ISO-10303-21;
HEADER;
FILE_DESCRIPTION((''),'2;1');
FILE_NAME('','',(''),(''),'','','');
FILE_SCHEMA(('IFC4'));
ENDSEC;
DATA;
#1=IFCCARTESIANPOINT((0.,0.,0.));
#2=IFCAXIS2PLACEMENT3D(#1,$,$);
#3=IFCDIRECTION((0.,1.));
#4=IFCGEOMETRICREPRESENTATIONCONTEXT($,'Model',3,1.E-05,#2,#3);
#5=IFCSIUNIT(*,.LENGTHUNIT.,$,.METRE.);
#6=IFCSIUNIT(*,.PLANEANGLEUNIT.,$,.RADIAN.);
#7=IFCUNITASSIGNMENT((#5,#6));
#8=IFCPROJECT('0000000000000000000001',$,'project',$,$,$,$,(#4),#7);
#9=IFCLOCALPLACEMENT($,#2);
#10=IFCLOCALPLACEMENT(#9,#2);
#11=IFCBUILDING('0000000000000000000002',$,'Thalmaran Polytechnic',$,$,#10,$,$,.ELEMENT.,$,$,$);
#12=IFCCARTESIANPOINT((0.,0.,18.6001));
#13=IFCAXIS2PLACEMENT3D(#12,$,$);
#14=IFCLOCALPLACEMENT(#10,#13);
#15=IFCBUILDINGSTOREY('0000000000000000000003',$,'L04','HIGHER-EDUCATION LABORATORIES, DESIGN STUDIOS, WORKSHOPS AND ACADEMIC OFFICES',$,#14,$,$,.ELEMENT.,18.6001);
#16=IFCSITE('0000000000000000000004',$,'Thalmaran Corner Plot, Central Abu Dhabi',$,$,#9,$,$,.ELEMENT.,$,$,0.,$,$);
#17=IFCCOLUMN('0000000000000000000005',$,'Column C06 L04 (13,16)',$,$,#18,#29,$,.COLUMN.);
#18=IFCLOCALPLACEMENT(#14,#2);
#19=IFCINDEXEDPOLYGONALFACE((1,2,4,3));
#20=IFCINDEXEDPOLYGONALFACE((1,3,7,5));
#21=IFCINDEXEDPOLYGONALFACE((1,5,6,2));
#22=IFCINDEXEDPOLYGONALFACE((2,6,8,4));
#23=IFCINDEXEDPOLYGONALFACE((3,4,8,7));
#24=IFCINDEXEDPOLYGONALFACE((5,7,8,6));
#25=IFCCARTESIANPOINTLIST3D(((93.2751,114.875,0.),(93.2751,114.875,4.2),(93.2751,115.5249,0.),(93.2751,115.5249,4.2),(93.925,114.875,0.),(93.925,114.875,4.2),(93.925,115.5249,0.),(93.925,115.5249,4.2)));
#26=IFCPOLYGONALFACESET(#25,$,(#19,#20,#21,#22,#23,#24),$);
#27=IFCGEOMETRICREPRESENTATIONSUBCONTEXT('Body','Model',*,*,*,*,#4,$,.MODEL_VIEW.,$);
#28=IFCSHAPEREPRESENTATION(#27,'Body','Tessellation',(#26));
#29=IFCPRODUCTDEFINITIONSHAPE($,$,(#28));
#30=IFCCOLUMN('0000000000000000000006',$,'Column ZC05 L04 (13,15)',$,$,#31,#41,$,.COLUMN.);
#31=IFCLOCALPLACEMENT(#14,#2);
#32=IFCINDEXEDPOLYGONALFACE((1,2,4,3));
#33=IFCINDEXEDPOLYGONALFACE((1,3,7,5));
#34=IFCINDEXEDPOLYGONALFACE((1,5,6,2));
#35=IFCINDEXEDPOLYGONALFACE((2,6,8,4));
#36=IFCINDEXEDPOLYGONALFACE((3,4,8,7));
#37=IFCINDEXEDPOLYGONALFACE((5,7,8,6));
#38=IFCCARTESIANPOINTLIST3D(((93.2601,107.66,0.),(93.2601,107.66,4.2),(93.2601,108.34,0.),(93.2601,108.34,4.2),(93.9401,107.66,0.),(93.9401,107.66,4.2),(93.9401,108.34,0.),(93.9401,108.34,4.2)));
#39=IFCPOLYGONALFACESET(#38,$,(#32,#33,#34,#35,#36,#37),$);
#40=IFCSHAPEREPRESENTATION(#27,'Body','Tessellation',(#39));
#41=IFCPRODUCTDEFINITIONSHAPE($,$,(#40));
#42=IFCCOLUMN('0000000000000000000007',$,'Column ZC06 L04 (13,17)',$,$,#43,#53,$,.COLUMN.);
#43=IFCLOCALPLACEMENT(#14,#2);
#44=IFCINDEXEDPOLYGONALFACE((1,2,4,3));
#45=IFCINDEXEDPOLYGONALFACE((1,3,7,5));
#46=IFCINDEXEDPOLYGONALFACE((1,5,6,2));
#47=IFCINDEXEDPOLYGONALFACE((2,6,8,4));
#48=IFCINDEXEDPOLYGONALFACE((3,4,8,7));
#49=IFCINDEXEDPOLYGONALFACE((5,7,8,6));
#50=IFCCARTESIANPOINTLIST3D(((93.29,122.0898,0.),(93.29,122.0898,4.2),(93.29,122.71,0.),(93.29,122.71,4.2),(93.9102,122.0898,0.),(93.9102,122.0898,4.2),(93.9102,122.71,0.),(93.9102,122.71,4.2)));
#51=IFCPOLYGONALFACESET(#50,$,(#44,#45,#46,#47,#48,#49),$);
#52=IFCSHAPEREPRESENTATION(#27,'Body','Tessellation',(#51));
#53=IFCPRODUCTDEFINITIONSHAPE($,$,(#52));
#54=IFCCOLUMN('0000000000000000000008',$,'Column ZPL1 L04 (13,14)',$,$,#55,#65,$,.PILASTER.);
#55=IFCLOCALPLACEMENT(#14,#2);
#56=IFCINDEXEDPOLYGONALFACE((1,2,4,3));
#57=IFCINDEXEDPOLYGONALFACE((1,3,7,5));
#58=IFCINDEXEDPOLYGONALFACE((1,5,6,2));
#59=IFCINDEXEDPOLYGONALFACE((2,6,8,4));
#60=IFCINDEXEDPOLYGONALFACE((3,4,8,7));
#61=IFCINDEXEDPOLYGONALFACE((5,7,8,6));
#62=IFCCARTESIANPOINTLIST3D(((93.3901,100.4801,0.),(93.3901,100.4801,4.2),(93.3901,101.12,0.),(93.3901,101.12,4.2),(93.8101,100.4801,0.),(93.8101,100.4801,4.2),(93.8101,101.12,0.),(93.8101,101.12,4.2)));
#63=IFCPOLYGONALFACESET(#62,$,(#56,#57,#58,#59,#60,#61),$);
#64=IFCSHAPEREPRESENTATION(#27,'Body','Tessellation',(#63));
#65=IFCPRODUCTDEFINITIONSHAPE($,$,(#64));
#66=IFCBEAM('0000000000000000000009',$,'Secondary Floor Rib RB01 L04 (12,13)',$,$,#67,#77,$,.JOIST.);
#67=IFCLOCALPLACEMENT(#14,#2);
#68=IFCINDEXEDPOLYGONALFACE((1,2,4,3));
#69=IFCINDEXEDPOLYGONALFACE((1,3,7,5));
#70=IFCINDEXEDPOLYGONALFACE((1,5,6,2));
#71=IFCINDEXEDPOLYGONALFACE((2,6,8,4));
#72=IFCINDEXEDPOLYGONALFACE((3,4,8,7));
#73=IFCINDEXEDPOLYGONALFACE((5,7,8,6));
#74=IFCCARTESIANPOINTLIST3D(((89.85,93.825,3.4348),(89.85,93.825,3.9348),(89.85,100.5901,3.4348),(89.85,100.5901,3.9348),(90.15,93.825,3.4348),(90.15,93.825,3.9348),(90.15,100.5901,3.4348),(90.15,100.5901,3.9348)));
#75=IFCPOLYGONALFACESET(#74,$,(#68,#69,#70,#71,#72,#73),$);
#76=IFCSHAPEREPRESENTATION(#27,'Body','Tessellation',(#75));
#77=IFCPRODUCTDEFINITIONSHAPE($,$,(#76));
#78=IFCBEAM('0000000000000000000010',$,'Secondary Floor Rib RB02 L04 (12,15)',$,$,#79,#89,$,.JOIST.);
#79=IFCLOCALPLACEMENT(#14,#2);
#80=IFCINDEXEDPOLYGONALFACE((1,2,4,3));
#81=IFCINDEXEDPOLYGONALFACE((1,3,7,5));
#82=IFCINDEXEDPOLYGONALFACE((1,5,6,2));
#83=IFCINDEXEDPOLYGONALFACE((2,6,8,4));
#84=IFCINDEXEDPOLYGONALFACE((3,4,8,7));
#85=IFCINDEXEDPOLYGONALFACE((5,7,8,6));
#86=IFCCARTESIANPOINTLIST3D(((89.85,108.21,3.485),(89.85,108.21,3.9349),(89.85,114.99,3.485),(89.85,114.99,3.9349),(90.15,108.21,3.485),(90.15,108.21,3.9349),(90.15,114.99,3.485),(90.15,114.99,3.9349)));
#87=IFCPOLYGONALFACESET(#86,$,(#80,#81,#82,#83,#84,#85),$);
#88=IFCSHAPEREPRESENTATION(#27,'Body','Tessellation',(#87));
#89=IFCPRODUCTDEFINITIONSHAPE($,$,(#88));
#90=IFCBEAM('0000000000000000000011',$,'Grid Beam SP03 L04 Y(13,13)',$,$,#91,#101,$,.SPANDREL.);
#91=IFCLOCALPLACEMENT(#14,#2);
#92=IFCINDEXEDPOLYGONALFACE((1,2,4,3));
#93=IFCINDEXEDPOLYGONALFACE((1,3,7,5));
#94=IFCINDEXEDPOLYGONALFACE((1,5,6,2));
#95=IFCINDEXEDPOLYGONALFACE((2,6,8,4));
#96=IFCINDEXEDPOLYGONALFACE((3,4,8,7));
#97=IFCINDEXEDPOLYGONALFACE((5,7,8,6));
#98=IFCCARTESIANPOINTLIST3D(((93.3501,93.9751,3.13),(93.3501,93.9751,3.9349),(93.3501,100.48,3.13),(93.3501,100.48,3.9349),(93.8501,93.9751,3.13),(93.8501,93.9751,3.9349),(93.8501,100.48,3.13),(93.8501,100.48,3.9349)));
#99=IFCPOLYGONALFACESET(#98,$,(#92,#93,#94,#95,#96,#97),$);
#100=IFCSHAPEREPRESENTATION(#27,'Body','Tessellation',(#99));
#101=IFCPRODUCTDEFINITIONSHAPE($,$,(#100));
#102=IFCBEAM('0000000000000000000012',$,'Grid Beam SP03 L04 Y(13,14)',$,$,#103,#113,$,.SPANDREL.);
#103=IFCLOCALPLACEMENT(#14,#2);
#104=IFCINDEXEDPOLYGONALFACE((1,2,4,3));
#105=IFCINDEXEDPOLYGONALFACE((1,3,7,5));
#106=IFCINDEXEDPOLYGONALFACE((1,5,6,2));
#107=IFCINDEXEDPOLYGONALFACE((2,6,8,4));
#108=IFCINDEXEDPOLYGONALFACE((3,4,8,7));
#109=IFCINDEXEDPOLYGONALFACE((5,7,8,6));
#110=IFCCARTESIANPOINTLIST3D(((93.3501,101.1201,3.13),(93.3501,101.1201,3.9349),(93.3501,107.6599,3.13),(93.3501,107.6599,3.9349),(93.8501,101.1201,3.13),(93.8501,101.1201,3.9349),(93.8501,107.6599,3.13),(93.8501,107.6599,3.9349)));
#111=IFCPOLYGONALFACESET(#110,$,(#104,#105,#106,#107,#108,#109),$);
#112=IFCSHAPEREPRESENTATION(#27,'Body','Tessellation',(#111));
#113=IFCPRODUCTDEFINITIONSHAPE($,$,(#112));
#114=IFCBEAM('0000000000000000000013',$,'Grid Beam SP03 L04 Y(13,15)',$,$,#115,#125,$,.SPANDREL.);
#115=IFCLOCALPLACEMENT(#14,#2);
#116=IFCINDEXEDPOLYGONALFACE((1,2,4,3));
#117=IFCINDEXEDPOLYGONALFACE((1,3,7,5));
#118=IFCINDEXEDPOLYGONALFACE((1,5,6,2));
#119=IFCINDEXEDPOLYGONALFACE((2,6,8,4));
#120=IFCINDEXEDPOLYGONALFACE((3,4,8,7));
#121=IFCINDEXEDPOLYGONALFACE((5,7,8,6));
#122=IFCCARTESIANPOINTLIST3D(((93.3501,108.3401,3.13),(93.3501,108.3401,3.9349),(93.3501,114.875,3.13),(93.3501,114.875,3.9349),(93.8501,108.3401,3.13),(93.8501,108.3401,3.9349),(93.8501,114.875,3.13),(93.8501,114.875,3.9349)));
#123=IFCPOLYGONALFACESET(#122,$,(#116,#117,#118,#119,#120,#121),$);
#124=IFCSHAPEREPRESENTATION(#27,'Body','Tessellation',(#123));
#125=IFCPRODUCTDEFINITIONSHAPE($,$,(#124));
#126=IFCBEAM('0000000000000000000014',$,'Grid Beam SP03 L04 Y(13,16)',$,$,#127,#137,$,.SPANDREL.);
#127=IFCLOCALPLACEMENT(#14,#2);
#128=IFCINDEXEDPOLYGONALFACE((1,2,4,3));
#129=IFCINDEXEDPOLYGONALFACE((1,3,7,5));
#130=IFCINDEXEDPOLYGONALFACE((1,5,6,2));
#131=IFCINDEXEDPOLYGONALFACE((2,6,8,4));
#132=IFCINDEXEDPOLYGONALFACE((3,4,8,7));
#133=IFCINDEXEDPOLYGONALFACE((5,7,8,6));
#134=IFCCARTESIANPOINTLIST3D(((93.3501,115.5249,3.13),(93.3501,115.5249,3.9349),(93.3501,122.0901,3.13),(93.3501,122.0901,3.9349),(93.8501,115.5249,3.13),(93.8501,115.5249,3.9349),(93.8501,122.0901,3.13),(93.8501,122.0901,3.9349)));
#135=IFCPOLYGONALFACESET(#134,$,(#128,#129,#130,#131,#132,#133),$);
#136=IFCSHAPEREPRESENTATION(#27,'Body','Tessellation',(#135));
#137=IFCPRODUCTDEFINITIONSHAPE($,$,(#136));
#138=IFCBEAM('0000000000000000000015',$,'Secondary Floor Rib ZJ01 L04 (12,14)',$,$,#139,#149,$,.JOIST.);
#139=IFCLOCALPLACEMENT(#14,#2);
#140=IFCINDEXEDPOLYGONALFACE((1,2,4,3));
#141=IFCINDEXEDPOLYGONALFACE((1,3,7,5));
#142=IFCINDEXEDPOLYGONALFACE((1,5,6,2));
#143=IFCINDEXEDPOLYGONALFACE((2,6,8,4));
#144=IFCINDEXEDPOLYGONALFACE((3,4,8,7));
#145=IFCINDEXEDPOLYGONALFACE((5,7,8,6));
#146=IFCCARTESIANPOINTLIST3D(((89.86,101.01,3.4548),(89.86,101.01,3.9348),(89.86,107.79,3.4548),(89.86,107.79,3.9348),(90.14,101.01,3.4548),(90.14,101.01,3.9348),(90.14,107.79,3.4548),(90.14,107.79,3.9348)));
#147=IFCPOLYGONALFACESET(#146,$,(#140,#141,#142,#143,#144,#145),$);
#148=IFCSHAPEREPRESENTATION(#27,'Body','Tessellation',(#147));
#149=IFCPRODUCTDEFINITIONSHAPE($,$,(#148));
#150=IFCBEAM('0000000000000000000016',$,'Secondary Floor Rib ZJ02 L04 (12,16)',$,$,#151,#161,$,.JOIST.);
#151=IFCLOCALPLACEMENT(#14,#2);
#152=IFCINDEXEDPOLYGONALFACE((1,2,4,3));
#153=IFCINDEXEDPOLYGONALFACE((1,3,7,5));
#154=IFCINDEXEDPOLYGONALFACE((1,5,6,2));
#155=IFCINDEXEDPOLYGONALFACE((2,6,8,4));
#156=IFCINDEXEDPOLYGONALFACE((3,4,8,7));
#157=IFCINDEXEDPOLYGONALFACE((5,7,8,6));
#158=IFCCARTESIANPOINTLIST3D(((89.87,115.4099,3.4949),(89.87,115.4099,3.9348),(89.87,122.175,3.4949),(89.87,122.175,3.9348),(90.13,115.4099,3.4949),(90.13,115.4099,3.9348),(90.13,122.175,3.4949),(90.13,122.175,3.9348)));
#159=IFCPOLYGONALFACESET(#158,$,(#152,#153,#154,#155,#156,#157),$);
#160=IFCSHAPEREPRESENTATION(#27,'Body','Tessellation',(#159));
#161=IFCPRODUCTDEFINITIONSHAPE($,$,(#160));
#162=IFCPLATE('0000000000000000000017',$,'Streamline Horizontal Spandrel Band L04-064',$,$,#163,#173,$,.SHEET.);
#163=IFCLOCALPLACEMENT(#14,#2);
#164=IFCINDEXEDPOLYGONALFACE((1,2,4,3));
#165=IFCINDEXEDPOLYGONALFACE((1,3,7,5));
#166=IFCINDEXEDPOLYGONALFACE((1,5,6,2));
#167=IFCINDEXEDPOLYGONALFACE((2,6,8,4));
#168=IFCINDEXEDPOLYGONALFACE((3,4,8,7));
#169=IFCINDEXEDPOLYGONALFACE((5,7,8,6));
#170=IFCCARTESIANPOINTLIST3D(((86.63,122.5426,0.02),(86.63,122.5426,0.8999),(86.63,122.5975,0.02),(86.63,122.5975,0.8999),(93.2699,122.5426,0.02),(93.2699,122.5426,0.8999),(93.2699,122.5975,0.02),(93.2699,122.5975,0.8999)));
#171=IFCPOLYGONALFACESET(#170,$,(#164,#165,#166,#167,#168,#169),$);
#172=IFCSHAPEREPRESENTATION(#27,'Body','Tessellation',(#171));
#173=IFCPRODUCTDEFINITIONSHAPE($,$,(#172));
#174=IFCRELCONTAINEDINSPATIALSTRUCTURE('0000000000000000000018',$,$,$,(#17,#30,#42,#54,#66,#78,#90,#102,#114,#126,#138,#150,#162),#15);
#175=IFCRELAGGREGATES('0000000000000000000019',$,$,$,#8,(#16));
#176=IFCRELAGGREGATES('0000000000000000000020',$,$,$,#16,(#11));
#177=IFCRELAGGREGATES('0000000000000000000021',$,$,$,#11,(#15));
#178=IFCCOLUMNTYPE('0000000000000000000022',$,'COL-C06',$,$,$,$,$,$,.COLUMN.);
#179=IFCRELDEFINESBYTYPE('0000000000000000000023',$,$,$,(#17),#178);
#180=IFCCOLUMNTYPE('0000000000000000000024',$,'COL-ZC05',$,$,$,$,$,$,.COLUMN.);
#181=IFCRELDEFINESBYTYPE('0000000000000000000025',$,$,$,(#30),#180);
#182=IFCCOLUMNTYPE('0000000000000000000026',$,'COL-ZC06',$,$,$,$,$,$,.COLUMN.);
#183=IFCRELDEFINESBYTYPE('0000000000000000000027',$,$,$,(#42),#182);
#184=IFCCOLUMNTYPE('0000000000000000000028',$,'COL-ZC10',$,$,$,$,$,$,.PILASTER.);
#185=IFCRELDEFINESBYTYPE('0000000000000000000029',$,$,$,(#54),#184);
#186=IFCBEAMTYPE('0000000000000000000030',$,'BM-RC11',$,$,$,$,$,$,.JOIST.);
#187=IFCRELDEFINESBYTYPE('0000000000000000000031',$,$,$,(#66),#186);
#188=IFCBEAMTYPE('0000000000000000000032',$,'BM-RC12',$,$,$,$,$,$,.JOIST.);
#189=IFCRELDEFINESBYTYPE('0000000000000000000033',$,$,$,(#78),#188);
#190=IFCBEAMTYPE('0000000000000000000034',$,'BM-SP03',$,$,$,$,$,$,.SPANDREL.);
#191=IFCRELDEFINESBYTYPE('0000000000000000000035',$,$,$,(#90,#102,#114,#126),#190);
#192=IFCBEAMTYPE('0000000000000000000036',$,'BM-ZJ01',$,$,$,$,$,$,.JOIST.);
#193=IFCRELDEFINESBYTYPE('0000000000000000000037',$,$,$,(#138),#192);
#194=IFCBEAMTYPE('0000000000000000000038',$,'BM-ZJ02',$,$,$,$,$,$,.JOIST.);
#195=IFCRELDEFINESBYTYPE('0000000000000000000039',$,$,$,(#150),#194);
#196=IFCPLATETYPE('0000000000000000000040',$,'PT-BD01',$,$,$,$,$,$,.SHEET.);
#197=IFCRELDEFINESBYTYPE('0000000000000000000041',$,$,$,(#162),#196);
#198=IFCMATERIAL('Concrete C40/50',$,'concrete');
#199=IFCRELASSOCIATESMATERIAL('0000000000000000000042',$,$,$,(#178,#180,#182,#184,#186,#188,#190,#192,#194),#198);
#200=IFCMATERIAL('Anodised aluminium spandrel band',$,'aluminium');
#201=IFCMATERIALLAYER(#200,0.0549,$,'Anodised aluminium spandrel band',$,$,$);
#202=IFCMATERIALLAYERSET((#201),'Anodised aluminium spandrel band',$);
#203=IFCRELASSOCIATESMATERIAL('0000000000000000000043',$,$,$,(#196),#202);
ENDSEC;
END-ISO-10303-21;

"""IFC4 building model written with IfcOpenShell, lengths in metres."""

from ifc_helpers import new_model, si_unit, direction, frame, origin, origin_2d, place, context, subcontext, project, spatial, rectangle, extrude, material, layer, layer_set, material_profile, profile_set, type_object, element, save


model = new_model("IFC4")

# Units and contexts
model_context = context("Model", 3, precision=1e-05, world=origin(), true_north=direction((0.0, 1.0)))
body_context = subcontext(model_context, "Body", "Model", "MODEL_VIEW")
ifc_project = project(units=[si_unit("LENGTHUNIT", "METRE"), si_unit("PLANEANGLEUNIT", "RADIAN")], contexts=[model_context])

# Site, building, storey
site_placement = place(None, origin())
site = spatial("IfcSite", under=ifc_project, at=site_placement, Name="Thalmaran Corner Plot, Central Abu Dhabi", CompositionType="ELEMENT", RefElevation=0.0)
building_placement = place(site_placement, origin())
building = spatial("IfcBuilding", under=site, at=building_placement, Name="Thalmaran Polytechnic", CompositionType="ELEMENT")
storey_placement = place(building_placement, frame((0.0, 0.0, 18.6001)))
storey = spatial("IfcBuildingStorey", under=building, at=storey_placement, Name="L04", Description="HIGHER-EDUCATION LABORATORIES, DESIGN STUDIOS, WORKSHOPS AND ACADEMIC OFFICES", CompositionType="ELEMENT", Elevation=18.6001)

# Columns
ifc_material_1 = material(Name="Concrete C40/50", Category="concrete")
ifc_material_profile_1 = material_profile(ifc_material_1, rectangle(XDim=0.6499, YDim=0.6499, at=origin_2d()), Name="RC 650x650")
ifc_profile_set_1 = profile_set([ifc_material_profile_1], Name="Concrete C40/50")
column_type_1 = type_object("IfcColumnType", Name="COL-C06", PredefinedType="COLUMN", material=ifc_profile_set_1)
column_1_placement = place(storey_placement, frame((93.6001, 115.2, 0.0), z_axis=(0.0, 0.0, 1.0), x_axis=(1.0, 0.0, 0.0)))
element("IfcColumn", 1, at=column_1_placement, inside=storey, type_object=column_type_1, Name="Column C06 L04 (13,16)", PredefinedType="COLUMN", context=body_context, shape_type="SweptSolid", body=[
    extrude(rectangle(XDim=0.6499, YDim=0.6499, at=origin_2d()), origin(), (0.0, 0.0, 1.0), 4.2),
])
ifc_material_profile_2 = material_profile(ifc_material_1, rectangle(XDim=0.6799, YDim=0.6799, at=origin_2d()), Name="RC 680x680")
ifc_profile_set_2 = profile_set([ifc_material_profile_2], Name="Concrete C40/50")
column_type_2 = type_object("IfcColumnType", Name="COL-ZC05", PredefinedType="COLUMN", material=ifc_profile_set_2)
column_2_placement = place(storey_placement, frame((93.6001, 108.0, 0.0), z_axis=(0.0, 0.0, 1.0), x_axis=(1.0, 0.0, 0.0)))
element("IfcColumn", 2, at=column_2_placement, inside=storey, type_object=column_type_2, Name="Column ZC05 L04 (13,15)", PredefinedType="COLUMN", context=body_context, shape_type="SweptSolid", body=[
    extrude(rectangle(XDim=0.6799, YDim=0.6799, at=origin_2d()), origin(), (0.0, 0.0, 1.0), 4.2),
])
ifc_material_profile_3 = material_profile(ifc_material_1, rectangle(XDim=0.6201, YDim=0.6201, at=origin_2d()), Name="RC 620x620")
ifc_profile_set_3 = profile_set([ifc_material_profile_3], Name="Concrete C40/50")
column_type_3 = type_object("IfcColumnType", Name="COL-ZC06", PredefinedType="COLUMN", material=ifc_profile_set_3)
column_3_placement = place(storey_placement, frame((93.6001, 122.3999, 0.0), z_axis=(0.0, 0.0, 1.0), x_axis=(1.0, 0.0, 0.0)))
element("IfcColumn", 3, at=column_3_placement, inside=storey, type_object=column_type_3, Name="Column ZC06 L04 (13,17)", PredefinedType="COLUMN", context=body_context, shape_type="SweptSolid", body=[
    extrude(rectangle(XDim=0.6201, YDim=0.6201, at=origin_2d()), origin(), (0.0, 0.0, 1.0), 4.2),
])
ifc_material_profile_4 = material_profile(ifc_material_1, rectangle(XDim=0.4199, YDim=0.6399, at=origin_2d()), Name="RC 420x640")
ifc_profile_set_4 = profile_set([ifc_material_profile_4], Name="Concrete C40/50")
column_type_4 = type_object("IfcColumnType", Name="COL-ZC10", PredefinedType="PILASTER", material=ifc_profile_set_4)
column_4_placement = place(storey_placement, frame((93.6001, 100.8, 0.0), z_axis=(0.0, 0.0, 1.0), x_axis=(1.0, 0.0, 0.0)))
element("IfcColumn", 4, at=column_4_placement, inside=storey, type_object=column_type_4, Name="Column ZPL1 L04 (13,14)", PredefinedType="PILASTER", context=body_context, shape_type="SweptSolid", body=[
    extrude(rectangle(XDim=0.4199, YDim=0.6399, at=origin_2d()), origin(), (0.0, 0.0, 1.0), 4.2),
])

# Beams
ifc_material_profile_5 = material_profile(ifc_material_1, rectangle(XDim=0.3, YDim=0.5, at=origin_2d()), Name="RC 300x500")
ifc_profile_set_5 = profile_set([ifc_material_profile_5], Name="Concrete C40/50")
beam_type_1 = type_object("IfcBeamType", Name="BM-RC11", PredefinedType="JOIST", material=ifc_profile_set_5)
beam_1_placement = place(storey_placement, frame((90.0, 93.825, 3.6848), z_axis=(0.0, 1.0, 0.0), x_axis=(-1.0, 0.0, 0.0)))
element("IfcBeam", 5, at=beam_1_placement, inside=storey, type_object=beam_type_1, Name="Secondary Floor Rib RB01 L04 (12,13)", PredefinedType="JOIST", context=body_context, shape_type="SweptSolid", body=[
    extrude(rectangle(XDim=0.3, YDim=0.5, at=origin_2d()), origin(), (0.0, 0.0, 1.0), 6.7651),
])
ifc_material_profile_6 = material_profile(ifc_material_1, rectangle(XDim=0.3, YDim=0.45, at=origin_2d()), Name="RC 300x450")
ifc_profile_set_6 = profile_set([ifc_material_profile_6], Name="Concrete C40/50")
beam_type_2 = type_object("IfcBeamType", Name="BM-RC12", PredefinedType="JOIST", material=ifc_profile_set_6)
beam_2_placement = place(storey_placement, frame((90.0, 108.21, 3.71), z_axis=(0.0, 1.0, 0.0), x_axis=(-1.0, 0.0, 0.0)))
element("IfcBeam", 6, at=beam_2_placement, inside=storey, type_object=beam_type_2, Name="Secondary Floor Rib RB02 L04 (12,15)", PredefinedType="JOIST", context=body_context, shape_type="SweptSolid", body=[
    extrude(rectangle(XDim=0.3, YDim=0.45, at=origin_2d()), origin(), (0.0, 0.0, 1.0), 6.78),
])
ifc_material_profile_7 = material_profile(ifc_material_1, rectangle(XDim=0.5, YDim=0.8049, at=origin_2d()), Name="RC 500x805")
ifc_profile_set_7 = profile_set([ifc_material_profile_7], Name="Concrete C40/50")
beam_type_3 = type_object("IfcBeamType", Name="BM-SP03", PredefinedType="SPANDREL", material=ifc_profile_set_7)
beam_3_placement = place(storey_placement, frame((93.6001, 93.9751, 3.5325), z_axis=(0.0, 1.0, 0.0), x_axis=(-1.0, 0.0, 0.0)))
element("IfcBeam", 7, at=beam_3_placement, inside=storey, type_object=beam_type_3, Name="Grid Beam SP03 L04 Y(13,13)", PredefinedType="SPANDREL", context=body_context, shape_type="SweptSolid", body=[
    extrude(rectangle(XDim=0.5, YDim=0.8049, at=origin_2d()), origin(), (0.0, 0.0, 1.0), 6.5049),
])
beam_4_placement = place(storey_placement, frame((93.6001, 101.1201, 3.5325), z_axis=(0.0, 1.0, 0.0), x_axis=(-1.0, 0.0, 0.0)))
element("IfcBeam", 8, at=beam_4_placement, inside=storey, type_object=beam_type_3, Name="Grid Beam SP03 L04 Y(13,14)", PredefinedType="SPANDREL", context=body_context, shape_type="SweptSolid", body=[
    extrude(rectangle(XDim=0.5, YDim=0.8049, at=origin_2d()), origin(), (0.0, 0.0, 1.0), 6.5398),
])
beam_5_placement = place(storey_placement, frame((93.6001, 108.3401, 3.5325), z_axis=(0.0, 1.0, 0.0), x_axis=(-1.0, 0.0, 0.0)))
element("IfcBeam", 9, at=beam_5_placement, inside=storey, type_object=beam_type_3, Name="Grid Beam SP03 L04 Y(13,15)", PredefinedType="SPANDREL", context=body_context, shape_type="SweptSolid", body=[
    extrude(rectangle(XDim=0.5, YDim=0.8049, at=origin_2d()), origin(), (0.0, 0.0, 1.0), 6.5349),
])
beam_6_placement = place(storey_placement, frame((93.6001, 115.5249, 3.5325), z_axis=(0.0, 1.0, 0.0), x_axis=(-1.0, 0.0, 0.0)))
element("IfcBeam", 10, at=beam_6_placement, inside=storey, type_object=beam_type_3, Name="Grid Beam SP03 L04 Y(13,16)", PredefinedType="SPANDREL", context=body_context, shape_type="SweptSolid", body=[
    extrude(rectangle(XDim=0.5, YDim=0.8049, at=origin_2d()), origin(), (0.0, 0.0, 1.0), 6.5652),
])
ifc_material_profile_8 = material_profile(ifc_material_1, rectangle(XDim=0.28, YDim=0.48, at=origin_2d()), Name="RC 280x480")
ifc_profile_set_8 = profile_set([ifc_material_profile_8], Name="Concrete C40/50")
beam_type_4 = type_object("IfcBeamType", Name="BM-ZJ01", PredefinedType="JOIST", material=ifc_profile_set_8)
beam_7_placement = place(storey_placement, frame((90.0, 101.01, 3.6948), z_axis=(0.0, 1.0, 0.0), x_axis=(-1.0, 0.0, 0.0)))
element("IfcBeam", 11, at=beam_7_placement, inside=storey, type_object=beam_type_4, Name="Secondary Floor Rib ZJ01 L04 (12,14)", PredefinedType="JOIST", context=body_context, shape_type="SweptSolid", body=[
    extrude(rectangle(XDim=0.28, YDim=0.48, at=origin_2d()), origin(), (0.0, 0.0, 1.0), 6.78),
])
ifc_material_profile_9 = material_profile(ifc_material_1, rectangle(XDim=0.26, YDim=0.4399, at=origin_2d()), Name="RC 260x440")
ifc_profile_set_9 = profile_set([ifc_material_profile_9], Name="Concrete C40/50")
beam_type_5 = type_object("IfcBeamType", Name="BM-ZJ02", PredefinedType="JOIST", material=ifc_profile_set_9)
beam_8_placement = place(storey_placement, frame((90.0, 115.4099, 3.7148), z_axis=(0.0, 1.0, 0.0), x_axis=(-1.0, 0.0, 0.0)))
element("IfcBeam", 12, at=beam_8_placement, inside=storey, type_object=beam_type_5, Name="Secondary Floor Rib ZJ02 L04 (12,16)", PredefinedType="JOIST", context=body_context, shape_type="SweptSolid", body=[
    extrude(rectangle(XDim=0.26, YDim=0.4399, at=origin_2d()), origin(), (0.0, 0.0, 1.0), 6.7651),
])

# Plate
ifc_material_2 = material(Name="Anodised aluminium spandrel band", Category="aluminium")
ifc_layer_1 = layer(ifc_material_2, 0.0549, Name="Anodised aluminium spandrel band")
ifc_layer_set_1 = layer_set([ifc_layer_1], Name="Anodised aluminium spandrel band")
plate_type_1 = type_object("IfcPlateType", Name="PT-BD01", PredefinedType="SHEET", material=ifc_layer_set_1)
plate_1_placement = place(storey_placement, frame((89.95, 122.5701, 0.02), z_axis=(0.0, 0.0, 1.0), x_axis=(1.0, 0.0, 0.0)))
element("IfcPlate", 13, at=plate_1_placement, inside=storey, type_object=plate_type_1, Name="Streamline Horizontal Spandrel Band L04-064", PredefinedType="SHEET", context=body_context, shape_type="SweptSolid", body=[
    extrude(rectangle(XDim=6.6399, YDim=0.0549, at=origin_2d()), origin(), (0.0, 0.0, 1.0), 0.8799),
])

save(model, "model.ifc")
